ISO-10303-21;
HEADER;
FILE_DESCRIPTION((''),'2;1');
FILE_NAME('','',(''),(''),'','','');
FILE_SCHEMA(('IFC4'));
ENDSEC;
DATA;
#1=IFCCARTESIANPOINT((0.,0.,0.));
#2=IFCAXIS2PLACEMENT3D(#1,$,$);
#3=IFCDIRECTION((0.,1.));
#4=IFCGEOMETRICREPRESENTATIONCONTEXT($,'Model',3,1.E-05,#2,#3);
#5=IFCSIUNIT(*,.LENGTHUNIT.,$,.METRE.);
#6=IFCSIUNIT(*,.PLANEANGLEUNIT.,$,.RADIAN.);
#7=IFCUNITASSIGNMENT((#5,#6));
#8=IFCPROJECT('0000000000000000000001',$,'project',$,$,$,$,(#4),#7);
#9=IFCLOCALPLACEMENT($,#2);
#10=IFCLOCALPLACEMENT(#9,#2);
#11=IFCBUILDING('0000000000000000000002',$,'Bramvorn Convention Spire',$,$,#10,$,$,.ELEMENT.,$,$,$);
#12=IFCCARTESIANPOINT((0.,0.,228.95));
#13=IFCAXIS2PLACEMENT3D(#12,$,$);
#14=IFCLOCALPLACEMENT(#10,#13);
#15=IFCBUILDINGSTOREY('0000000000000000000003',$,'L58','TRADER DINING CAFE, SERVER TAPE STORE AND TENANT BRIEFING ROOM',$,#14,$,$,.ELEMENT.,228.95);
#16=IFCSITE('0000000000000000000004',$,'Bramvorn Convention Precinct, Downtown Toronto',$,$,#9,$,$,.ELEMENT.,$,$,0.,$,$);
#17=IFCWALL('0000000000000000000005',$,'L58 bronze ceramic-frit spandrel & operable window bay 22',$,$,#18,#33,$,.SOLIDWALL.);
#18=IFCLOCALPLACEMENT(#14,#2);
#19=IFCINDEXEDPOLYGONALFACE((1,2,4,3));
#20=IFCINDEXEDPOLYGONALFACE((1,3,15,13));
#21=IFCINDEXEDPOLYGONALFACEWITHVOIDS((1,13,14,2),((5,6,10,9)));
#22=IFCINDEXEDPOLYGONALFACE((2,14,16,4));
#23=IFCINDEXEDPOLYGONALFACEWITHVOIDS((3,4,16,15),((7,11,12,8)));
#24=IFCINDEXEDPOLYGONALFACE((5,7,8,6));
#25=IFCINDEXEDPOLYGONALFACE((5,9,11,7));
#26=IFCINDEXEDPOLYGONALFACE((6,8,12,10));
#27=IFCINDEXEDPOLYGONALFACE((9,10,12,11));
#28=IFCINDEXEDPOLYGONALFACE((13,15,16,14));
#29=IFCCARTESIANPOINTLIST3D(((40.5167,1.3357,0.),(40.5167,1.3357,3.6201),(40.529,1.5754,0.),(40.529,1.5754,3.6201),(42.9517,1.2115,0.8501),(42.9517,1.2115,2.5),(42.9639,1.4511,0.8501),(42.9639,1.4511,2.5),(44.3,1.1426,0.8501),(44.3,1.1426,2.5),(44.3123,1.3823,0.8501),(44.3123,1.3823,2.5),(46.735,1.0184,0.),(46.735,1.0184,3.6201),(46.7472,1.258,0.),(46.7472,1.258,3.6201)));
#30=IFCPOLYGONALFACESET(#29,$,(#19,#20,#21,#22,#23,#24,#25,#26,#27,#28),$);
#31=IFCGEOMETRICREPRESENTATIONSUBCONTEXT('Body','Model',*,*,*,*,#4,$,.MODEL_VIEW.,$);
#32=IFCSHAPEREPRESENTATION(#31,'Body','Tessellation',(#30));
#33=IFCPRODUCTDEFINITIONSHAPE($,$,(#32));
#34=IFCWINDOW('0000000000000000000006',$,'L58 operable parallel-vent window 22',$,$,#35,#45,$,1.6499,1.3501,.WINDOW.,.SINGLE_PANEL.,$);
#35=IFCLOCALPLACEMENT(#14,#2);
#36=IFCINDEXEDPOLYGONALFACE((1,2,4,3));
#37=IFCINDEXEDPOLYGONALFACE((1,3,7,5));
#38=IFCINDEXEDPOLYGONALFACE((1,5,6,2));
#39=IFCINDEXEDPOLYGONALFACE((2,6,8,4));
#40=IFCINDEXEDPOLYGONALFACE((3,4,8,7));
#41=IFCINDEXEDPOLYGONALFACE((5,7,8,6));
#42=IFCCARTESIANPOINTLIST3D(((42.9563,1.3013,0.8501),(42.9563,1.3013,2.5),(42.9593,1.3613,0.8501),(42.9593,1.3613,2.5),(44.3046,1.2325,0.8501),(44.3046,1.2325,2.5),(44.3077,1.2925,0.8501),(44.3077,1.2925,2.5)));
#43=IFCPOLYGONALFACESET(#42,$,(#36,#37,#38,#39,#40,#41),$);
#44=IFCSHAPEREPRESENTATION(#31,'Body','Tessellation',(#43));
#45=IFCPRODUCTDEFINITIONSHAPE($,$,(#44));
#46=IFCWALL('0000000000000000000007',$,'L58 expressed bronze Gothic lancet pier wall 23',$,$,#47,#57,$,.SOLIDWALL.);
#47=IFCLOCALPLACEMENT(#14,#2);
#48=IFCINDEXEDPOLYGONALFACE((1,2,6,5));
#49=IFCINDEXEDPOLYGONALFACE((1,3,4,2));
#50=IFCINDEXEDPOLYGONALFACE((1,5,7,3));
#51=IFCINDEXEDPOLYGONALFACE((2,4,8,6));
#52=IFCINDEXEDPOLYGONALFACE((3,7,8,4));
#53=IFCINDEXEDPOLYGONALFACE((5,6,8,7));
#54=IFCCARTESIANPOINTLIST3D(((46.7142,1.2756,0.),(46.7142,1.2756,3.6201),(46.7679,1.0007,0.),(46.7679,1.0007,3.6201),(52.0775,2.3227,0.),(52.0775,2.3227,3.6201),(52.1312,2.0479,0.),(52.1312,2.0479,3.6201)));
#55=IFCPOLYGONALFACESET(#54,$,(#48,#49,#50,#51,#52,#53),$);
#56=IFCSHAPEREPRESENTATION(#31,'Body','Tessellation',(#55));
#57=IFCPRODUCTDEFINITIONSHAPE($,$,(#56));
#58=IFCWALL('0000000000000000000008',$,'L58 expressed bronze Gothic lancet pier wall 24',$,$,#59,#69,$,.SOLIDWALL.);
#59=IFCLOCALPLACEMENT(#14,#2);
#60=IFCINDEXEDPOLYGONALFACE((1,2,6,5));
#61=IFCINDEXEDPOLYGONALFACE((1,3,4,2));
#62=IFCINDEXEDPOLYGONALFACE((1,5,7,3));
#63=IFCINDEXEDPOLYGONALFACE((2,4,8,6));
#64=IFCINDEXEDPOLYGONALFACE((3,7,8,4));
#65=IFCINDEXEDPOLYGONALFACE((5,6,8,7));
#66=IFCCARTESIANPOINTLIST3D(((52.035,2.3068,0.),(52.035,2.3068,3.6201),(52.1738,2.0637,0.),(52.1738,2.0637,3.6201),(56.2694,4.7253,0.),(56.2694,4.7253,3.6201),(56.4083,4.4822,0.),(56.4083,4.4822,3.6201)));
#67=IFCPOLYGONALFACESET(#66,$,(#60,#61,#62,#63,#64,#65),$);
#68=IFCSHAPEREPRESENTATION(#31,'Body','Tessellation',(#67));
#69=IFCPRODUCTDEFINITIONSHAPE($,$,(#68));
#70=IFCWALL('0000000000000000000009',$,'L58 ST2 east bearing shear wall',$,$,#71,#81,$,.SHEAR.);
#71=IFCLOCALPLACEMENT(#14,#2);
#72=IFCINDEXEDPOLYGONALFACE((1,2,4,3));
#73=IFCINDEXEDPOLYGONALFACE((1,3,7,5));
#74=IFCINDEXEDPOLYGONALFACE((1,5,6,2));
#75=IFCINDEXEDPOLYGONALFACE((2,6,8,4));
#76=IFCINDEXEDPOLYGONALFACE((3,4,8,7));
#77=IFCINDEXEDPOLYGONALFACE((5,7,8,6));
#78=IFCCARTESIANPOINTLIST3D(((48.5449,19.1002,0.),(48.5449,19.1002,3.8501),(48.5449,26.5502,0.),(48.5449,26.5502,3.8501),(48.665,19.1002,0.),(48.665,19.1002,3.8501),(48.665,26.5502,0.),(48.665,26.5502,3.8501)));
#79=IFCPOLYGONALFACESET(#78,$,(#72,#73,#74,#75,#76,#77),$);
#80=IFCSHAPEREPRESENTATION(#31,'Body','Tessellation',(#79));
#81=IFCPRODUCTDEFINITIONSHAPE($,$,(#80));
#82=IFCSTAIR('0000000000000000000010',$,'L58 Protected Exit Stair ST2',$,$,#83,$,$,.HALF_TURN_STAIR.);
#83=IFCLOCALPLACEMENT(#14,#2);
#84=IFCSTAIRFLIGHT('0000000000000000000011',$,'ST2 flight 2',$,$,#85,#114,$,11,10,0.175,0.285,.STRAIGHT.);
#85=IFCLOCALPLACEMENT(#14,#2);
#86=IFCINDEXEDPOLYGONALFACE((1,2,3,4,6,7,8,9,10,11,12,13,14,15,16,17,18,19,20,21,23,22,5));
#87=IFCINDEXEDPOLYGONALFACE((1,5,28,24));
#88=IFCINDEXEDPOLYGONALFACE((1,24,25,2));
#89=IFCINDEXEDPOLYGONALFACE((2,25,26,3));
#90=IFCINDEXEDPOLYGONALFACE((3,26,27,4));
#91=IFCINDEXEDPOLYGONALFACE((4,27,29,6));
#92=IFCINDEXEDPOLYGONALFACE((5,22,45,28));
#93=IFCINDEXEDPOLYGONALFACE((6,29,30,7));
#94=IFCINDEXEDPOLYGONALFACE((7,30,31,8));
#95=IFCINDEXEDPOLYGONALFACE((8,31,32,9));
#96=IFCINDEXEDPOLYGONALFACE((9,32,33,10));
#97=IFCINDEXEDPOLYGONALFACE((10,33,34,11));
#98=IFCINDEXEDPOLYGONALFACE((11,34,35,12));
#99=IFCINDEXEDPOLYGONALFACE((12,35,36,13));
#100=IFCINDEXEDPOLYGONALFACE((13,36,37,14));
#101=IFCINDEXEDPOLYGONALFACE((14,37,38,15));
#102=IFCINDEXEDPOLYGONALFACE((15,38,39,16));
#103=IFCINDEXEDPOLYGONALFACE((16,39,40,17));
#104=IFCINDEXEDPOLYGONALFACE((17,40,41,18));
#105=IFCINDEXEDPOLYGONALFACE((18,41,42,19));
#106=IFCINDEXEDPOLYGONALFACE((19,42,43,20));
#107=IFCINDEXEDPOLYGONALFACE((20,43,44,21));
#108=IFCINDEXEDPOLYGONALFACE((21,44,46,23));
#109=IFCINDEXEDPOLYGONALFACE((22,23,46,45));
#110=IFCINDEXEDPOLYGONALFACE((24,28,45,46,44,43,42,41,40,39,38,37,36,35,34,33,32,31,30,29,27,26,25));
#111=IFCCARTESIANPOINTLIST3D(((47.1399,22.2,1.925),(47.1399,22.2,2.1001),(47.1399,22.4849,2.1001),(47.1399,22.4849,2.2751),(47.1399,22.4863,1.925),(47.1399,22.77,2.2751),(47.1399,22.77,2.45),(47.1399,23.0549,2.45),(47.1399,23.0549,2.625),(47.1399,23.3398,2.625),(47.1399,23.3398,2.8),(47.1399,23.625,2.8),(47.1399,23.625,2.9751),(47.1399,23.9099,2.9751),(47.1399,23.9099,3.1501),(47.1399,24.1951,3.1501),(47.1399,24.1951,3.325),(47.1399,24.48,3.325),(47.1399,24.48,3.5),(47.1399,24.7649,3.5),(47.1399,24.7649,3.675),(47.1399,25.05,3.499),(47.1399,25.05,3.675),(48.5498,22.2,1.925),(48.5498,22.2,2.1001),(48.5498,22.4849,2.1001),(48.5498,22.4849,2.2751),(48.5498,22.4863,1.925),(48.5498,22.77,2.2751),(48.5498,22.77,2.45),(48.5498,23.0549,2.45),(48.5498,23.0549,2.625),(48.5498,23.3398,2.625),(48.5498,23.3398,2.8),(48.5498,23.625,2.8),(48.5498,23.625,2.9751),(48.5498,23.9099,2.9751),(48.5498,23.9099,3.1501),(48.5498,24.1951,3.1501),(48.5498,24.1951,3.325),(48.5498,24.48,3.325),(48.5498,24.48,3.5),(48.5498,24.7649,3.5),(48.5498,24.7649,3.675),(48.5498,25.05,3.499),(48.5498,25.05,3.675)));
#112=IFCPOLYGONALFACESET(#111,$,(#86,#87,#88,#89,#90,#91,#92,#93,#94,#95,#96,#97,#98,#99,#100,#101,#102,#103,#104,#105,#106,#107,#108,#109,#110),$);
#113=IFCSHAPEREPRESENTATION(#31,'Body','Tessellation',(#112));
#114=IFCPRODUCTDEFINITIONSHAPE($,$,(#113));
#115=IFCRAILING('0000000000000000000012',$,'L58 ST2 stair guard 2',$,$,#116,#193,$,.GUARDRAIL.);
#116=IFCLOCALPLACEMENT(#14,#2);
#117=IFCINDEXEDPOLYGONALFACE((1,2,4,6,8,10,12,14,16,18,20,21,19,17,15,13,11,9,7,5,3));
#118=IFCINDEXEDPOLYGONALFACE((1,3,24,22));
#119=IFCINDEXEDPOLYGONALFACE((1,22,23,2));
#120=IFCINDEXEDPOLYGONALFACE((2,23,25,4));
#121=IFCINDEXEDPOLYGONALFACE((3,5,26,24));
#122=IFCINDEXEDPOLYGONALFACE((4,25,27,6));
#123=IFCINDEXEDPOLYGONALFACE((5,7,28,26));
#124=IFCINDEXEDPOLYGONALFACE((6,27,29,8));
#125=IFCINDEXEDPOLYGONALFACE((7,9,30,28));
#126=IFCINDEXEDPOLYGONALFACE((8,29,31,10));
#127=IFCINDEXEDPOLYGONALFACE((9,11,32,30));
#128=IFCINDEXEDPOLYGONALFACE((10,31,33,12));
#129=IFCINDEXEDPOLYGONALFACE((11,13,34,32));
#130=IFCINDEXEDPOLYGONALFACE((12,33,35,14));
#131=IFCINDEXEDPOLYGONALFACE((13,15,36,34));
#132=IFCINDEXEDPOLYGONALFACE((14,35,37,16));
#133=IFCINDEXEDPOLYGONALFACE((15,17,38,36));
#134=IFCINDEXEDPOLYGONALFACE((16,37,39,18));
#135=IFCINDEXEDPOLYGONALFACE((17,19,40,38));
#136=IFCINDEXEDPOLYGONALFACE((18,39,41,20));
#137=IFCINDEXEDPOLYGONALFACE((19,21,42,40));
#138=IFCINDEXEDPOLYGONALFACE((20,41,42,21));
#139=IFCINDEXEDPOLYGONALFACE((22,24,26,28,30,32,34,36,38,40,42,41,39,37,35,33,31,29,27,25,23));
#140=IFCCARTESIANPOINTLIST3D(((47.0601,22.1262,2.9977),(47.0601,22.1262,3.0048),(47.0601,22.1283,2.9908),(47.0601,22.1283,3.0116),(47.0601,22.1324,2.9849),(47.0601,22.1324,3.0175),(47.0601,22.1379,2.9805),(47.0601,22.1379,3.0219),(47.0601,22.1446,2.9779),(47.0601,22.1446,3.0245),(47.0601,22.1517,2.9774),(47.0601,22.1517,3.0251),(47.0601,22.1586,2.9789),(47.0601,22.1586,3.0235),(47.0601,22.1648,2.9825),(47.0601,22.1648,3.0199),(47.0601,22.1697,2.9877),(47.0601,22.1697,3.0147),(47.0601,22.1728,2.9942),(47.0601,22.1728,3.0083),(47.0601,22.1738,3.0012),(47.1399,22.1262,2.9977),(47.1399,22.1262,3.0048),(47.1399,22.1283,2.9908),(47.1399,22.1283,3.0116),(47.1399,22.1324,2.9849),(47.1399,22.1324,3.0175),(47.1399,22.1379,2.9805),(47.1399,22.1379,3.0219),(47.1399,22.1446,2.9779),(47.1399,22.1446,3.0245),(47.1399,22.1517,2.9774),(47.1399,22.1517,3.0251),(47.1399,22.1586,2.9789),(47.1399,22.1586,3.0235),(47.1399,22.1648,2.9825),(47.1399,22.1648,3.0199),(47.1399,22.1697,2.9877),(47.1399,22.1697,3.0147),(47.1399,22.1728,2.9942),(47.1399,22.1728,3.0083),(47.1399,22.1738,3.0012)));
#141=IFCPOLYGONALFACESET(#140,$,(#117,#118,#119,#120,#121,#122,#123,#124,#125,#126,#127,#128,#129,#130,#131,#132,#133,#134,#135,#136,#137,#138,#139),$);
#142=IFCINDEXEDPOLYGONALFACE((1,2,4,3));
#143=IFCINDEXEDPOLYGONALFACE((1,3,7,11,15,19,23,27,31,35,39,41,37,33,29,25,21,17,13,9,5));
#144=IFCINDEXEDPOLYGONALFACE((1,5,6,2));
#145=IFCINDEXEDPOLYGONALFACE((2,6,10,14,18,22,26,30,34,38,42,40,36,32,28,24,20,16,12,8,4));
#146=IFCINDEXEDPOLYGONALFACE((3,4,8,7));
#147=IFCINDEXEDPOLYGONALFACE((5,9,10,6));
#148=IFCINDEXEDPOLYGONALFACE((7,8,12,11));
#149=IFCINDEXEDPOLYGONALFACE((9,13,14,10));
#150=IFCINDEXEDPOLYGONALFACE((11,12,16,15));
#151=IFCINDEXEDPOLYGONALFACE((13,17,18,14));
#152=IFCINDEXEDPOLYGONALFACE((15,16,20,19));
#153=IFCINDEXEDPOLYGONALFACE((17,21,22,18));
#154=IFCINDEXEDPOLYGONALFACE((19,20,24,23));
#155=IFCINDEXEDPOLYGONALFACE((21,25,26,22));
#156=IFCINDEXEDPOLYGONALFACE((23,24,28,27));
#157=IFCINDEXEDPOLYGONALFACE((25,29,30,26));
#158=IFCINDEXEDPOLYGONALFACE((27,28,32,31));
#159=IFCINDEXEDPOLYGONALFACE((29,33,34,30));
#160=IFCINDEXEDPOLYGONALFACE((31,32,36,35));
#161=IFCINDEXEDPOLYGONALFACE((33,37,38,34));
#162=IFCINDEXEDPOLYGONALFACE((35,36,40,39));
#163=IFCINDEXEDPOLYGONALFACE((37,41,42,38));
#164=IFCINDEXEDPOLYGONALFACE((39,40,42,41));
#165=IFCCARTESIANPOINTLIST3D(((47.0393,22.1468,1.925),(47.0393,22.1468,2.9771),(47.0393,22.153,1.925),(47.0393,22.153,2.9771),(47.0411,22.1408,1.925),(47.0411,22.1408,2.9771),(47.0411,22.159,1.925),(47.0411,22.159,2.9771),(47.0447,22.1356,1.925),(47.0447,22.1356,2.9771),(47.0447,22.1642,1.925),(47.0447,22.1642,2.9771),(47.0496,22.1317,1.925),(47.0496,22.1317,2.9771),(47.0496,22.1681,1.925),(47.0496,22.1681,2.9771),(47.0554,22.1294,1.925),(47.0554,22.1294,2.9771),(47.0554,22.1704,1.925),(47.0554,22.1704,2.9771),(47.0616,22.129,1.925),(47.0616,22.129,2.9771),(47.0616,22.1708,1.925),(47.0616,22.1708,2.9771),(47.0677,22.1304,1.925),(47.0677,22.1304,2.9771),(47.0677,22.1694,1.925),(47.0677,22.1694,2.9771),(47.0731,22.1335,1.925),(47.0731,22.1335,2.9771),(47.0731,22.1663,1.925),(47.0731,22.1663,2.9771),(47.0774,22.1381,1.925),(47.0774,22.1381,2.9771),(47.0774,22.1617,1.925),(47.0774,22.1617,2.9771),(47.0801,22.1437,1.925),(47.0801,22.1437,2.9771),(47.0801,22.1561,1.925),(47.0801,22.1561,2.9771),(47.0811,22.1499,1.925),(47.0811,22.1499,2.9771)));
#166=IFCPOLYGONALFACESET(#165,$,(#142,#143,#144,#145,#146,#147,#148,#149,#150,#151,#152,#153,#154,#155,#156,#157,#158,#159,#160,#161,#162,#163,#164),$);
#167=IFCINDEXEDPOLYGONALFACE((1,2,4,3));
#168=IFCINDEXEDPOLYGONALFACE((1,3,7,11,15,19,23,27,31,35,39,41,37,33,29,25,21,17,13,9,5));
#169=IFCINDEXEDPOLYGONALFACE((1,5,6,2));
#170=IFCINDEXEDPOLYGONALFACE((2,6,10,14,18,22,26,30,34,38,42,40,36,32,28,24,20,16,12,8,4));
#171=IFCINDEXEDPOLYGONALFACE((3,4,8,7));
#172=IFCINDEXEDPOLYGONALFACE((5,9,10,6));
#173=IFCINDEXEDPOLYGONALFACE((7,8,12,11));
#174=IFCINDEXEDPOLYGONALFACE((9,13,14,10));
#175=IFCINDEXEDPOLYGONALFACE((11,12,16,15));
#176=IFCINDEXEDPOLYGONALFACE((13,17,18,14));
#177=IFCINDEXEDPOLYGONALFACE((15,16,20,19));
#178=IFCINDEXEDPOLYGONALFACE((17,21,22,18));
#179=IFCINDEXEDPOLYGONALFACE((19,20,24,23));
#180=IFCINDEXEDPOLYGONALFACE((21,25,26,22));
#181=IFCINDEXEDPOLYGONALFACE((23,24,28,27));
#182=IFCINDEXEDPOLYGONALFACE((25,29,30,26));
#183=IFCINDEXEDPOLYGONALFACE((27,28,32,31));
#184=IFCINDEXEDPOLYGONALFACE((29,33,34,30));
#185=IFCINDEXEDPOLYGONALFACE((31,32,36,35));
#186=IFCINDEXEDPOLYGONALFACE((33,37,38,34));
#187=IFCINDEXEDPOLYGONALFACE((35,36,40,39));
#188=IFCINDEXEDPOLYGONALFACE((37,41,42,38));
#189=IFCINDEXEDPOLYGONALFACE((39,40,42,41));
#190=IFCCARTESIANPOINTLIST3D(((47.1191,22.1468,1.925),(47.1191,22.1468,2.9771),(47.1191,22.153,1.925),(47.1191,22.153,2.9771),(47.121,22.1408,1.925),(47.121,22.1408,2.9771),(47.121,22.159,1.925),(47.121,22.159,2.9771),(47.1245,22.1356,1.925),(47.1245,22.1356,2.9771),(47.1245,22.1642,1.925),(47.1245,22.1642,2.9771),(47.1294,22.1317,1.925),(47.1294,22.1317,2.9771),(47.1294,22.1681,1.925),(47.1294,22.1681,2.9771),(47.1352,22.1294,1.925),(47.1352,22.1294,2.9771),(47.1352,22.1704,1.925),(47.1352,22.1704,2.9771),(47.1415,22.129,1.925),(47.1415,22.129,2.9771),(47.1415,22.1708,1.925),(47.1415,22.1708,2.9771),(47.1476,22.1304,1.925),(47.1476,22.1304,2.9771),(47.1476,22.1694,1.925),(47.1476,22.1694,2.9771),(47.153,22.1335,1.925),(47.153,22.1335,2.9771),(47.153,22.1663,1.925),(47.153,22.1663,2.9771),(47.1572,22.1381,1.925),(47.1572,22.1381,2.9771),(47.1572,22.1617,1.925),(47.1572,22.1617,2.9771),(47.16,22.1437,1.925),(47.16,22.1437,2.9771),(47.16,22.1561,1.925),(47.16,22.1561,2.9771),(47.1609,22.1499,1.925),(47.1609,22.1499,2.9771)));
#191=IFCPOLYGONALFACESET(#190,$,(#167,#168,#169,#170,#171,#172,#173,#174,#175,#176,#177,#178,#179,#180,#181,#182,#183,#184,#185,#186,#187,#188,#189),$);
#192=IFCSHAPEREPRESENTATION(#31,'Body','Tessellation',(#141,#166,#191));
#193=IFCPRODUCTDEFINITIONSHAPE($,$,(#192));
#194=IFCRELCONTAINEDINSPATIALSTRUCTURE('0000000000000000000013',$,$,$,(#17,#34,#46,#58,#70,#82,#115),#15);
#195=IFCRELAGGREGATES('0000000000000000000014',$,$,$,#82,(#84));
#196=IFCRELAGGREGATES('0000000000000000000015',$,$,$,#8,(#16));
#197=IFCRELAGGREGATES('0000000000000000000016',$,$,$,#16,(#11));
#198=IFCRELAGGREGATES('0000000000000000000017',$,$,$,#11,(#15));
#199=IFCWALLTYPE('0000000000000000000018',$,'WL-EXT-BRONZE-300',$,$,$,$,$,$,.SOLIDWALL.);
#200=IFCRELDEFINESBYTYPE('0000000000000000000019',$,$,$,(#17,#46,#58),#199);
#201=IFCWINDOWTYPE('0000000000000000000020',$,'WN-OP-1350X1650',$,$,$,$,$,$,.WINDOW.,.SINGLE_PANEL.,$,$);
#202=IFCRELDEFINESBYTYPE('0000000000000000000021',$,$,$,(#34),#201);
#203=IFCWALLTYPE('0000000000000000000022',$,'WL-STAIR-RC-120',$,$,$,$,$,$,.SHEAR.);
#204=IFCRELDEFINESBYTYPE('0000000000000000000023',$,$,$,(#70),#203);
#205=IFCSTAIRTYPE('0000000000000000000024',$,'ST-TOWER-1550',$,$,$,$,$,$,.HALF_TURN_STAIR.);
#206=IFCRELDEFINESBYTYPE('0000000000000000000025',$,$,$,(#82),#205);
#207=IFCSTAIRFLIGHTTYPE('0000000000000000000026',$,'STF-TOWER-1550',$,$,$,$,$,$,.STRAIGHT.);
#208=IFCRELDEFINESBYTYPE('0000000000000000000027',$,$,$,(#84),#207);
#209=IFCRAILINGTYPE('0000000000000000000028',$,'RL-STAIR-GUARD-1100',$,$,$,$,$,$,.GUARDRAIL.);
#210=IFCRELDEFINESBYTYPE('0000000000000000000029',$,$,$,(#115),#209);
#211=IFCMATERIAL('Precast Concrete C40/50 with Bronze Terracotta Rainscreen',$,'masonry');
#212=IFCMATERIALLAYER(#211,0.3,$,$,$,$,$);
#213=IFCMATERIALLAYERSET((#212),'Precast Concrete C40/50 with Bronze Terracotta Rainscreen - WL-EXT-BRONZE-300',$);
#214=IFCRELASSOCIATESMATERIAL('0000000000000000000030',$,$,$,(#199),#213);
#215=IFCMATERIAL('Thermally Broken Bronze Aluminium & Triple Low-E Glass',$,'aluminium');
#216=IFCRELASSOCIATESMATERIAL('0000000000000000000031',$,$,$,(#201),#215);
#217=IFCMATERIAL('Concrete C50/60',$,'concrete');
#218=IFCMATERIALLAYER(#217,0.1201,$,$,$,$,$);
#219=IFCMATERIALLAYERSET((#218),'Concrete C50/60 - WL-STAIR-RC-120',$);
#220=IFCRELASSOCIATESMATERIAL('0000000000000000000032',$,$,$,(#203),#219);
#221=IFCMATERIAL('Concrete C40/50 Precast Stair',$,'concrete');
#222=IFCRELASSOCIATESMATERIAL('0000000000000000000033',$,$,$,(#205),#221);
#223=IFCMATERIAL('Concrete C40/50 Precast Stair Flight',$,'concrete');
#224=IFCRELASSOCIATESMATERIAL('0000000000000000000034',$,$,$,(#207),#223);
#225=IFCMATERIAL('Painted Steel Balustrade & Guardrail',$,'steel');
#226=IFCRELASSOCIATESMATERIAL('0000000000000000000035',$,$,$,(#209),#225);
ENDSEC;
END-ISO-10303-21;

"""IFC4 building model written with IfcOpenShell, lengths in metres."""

from ifc_helpers import new_model, si_unit, direction, frame, frame_2d, origin, origin_2d, place, context, subcontext, project, spatial, polyline, rectangle, circle, outline, extrude, material, layer, layer_set, type_object, element, fill, aggregate, save


model = new_model("IFC4")

# Units and contexts
model_context = context("Model", 3, precision=1e-05, world=origin(), true_north=direction((0.0, 1.0)))
body_context = subcontext(model_context, "Body", "Model", "MODEL_VIEW")
ifc_project = project(units=[si_unit("LENGTHUNIT", "METRE"), si_unit("PLANEANGLEUNIT", "RADIAN")], contexts=[model_context])

# Site, building, storey
site_placement = place(None, origin())
site = spatial("IfcSite", under=ifc_project, at=site_placement, Name="Bramvorn Convention Precinct, Downtown Toronto", CompositionType="ELEMENT", RefElevation=0.0)
building_placement = place(site_placement, origin())
building = spatial("IfcBuilding", under=site, at=building_placement, Name="Bramvorn Convention Spire", CompositionType="ELEMENT")
storey_placement = place(building_placement, frame((0.0, 0.0, 228.95)))
storey = spatial("IfcBuildingStorey", under=building, at=storey_placement, Name="L58", Description="TRADER DINING CAFE, SERVER TAPE STORE AND TENANT BRIEFING ROOM", CompositionType="ELEMENT", Elevation=228.95)

# Shared definitions
ifc_material_1 = material(Name="Concrete C50/60", Category="concrete")

# Shared definitions
ifc_material_2 = material(Name="Precast Concrete C40/50 with Bronze Terracotta Rainscreen", Category="masonry")
ifc_layer_1 = layer(ifc_material_2, 0.3)
ifc_layer_set_1 = layer_set([ifc_layer_1], Name="Precast Concrete C40/50 with Bronze Terracotta Rainscreen - WL-EXT-BRONZE-300")
wall_type_1 = type_object("IfcWallType", Name="WL-EXT-BRONZE-300", PredefinedType="SOLIDWALL", material=ifc_layer_set_1)

# Wall, opening, window
wall_1_placement = place(storey_placement, frame((46.7412, 1.1382, 0.0), z_axis=(0.0, 0.0, 1.0), x_axis=(-0.9987, 0.050974, 0.0)))
wall_1 = element("IfcWall", 1, at=wall_1_placement, inside=storey, type_object=wall_type_1, Name="L58 bronze ceramic-frit spandrel & operable window bay 22", PredefinedType="SOLIDWALL", context=body_context, shape_type="SweptSolid", body=[
    extrude(rectangle(XDim=6.2263, YDim=0.24, at=frame_2d((3.1133, 0.0))), origin(), (0.0, 0.0, 1.0), 3.6201),
])
opening_1_placement = place(wall_1_placement, frame((2.4382, 0.0, 0.8501)))
opening_1 = element("IfcOpeningElement", 2, at=opening_1_placement, cuts=wall_1, PredefinedType="OPENING", context=body_context, shape_type="SweptSolid", body=[
    extrude(rectangle(XDim=1.3501, YDim=1.6499, at=frame_2d((0.675, 0.825))), frame((0.0, 0.1299, 0.0), z_axis=(0.0, -1.0, 0.0), x_axis=(1.0, 0.0, 0.0)), (0.0, 0.0, 1.0), 0.26),
])
ifc_material_3 = material(Name="Thermally Broken Bronze Aluminium & Triple Low-E Glass", Category="aluminium")
window_type = type_object("IfcWindowType", Name="WN-OP-1350X1650", PartitioningType="SINGLE_PANEL", PredefinedType="WINDOW", material=ifc_material_3)
window_placement = place(opening_1_placement, origin())
window = element("IfcWindow", 3, at=window_placement, inside=storey, type_object=window_type, Name="L58 operable parallel-vent window 22", OverallHeight=1.6499, OverallWidth=1.3501, PartitioningType="SINGLE_PANEL", PredefinedType="WINDOW", context=body_context, shape_type="SweptSolid", body=[
    extrude(rectangle(XDim=1.3501, YDim=1.6499, at=frame_2d((0.675, 0.825))), frame((0.0, 0.03, 0.0), z_axis=(0.0, -1.0, 0.0), x_axis=(1.0, 0.0, 0.0)), (0.0, 0.0, 1.0), 0.0601),
])
fill(opening_1, window)

# Walls
wall_2_placement = place(storey_placement, frame((52.1045, 2.1853, 0.0), z_axis=(0.0, 0.0, 1.0), x_axis=(-0.981469, -0.191621, 0.0)))
element("IfcWall", 4, at=wall_2_placement, inside=storey, type_object=wall_type_1, Name="L58 expressed bronze Gothic lancet pier wall 23", PredefinedType="SOLIDWALL", context=body_context, shape_type="SweptSolid", body=[
    extrude(rectangle(XDim=5.4646, YDim=0.28, at=frame_2d((2.7324, 0.0))), origin(), (0.0, 0.0, 1.0), 3.6201),
])
wall_3_placement = place(storey_placement, frame((56.3389, 4.6038, 0.0), z_axis=(0.0, 0.0, 1.0), x_axis=(-0.868348, -0.495956, 0.0)))
element("IfcWall", 5, at=wall_3_placement, inside=storey, type_object=wall_type_1, Name="L58 expressed bronze Gothic lancet pier wall 24", PredefinedType="SOLIDWALL", context=body_context, shape_type="SweptSolid", body=[
    extrude(rectangle(XDim=4.8765, YDim=0.28, at=frame_2d((2.4382, 0.0))), origin(), (0.0, 0.0, 1.0), 3.6201),
])
ifc_layer_2 = layer(ifc_material_1, 0.1201)
ifc_layer_set_2 = layer_set([ifc_layer_2], Name="Concrete C50/60 - WL-STAIR-RC-120")
wall_type_2 = type_object("IfcWallType", Name="WL-STAIR-RC-120", PredefinedType="SHEAR", material=ifc_layer_set_2)
wall_4_placement = place(storey_placement, frame((48.605, 19.1001, 0.0), z_axis=(0.0, 0.0, 1.0), x_axis=(0.0, 1.0, 0.0)))
element("IfcWall", 6, at=wall_4_placement, inside=storey, type_object=wall_type_2, Name="L58 ST2 east bearing shear wall", PredefinedType="SHEAR", context=body_context, shape_type="SweptSolid", body=[
    extrude(rectangle(XDim=7.45, YDim=0.1201, at=frame_2d((3.7251, 0.0))), origin(), (0.0, 0.0, 1.0), 3.8501),
])

# Stair, stair flight
ifc_material_4 = material(Name="Concrete C40/50 Precast Stair", Category="concrete")
stair_type = type_object("IfcStairType", Name="ST-TOWER-1550", PredefinedType="HALF_TURN_STAIR", material=ifc_material_4)
stair_placement = place(storey_placement, origin())
stair = element("IfcStair", 7, at=stair_placement, inside=storey, type_object=stair_type, Name="L58 Protected Exit Stair ST2", PredefinedType="HALF_TURN_STAIR")
ifc_material_5 = material(Name="Concrete C40/50 Precast Stair Flight", Category="concrete")
stair_flight_type = type_object("IfcStairFlightType", Name="STF-TOWER-1550", PredefinedType="STRAIGHT", material=ifc_material_5)
stair_flight_placement = place(storey_placement, frame((47.845, 22.2, 1.925), z_axis=(0.0, 0.0, 1.0), x_axis=(0.0, 1.0, 0.0)))
stair_flight = element("IfcStairFlight", 8, at=stair_flight_placement, type_object=stair_flight_type, Name="ST2 flight 2", NumberOfRisers=11, NumberOfTreads=10, PredefinedType="STRAIGHT", RiserHeight=0.175, TreadLength=0.285, context=body_context, shape_type="SweptSolid", body=[
    extrude(outline(polyline([(0.0, 0.0), (0.0, 0.175), (0.2849, 0.175), (0.2849, 0.3501), (0.5701, 0.3501), (0.5701, 0.5249), (0.855, 0.5249), (0.855, 0.7), (1.1399, 0.7), (1.1399, 0.875), (1.425, 0.875), (1.425, 1.05), (1.71, 1.05), (1.71, 1.2251), (1.9951, 1.2251), (1.9951, 1.3999), (2.28, 1.3999), (2.28, 1.575), (2.5649, 1.575), (2.5649, 1.75), (2.8501, 1.75), (2.8501, 1.925), (2.8501, 1.574), (0.2864, 0.0), (0.0, 0.0)])), frame((0.0, 0.7051, 0.0), z_axis=(0.0, -1.0, 0.0), x_axis=(1.0, 0.0, 0.0)), (0.0, 0.0, 1.0), 1.4099),
])
aggregate(stair, [stair_flight])

# Railing
ifc_material_6 = material(Name="Painted Steel Balustrade & Guardrail", Category="steel")
railing_type = type_object("IfcRailingType", Name="RL-STAIR-GUARD-1100", PredefinedType="GUARDRAIL", material=ifc_material_6)
railing_1_placement = place(storey_placement, frame((47.0601, 22.1499, 1.925)))
element("IfcRailing", 9, at=railing_1_placement, inside=storey, type_object=railing_type, Name="L58 ST2 stair guard 2", PredefinedType="GUARDRAIL", context=body_context, shape_type="SweptSolid", body=[
    extrude(circle(Radius=0.0239, at=origin_2d()), frame((0.0, 0.0, 1.0762), z_axis=(1.0, 0.0, 0.0), x_axis=(0.0, 1.0, 0.0)), (0.0, 0.0, 1.0), 0.0798),
    extrude(circle(Radius=0.021, at=origin_2d()), origin(), (0.0, 0.0, 1.0), 1.052),
    extrude(circle(Radius=0.021, at=origin_2d()), frame((0.0798, 0.0, 0.0)), (0.0, 0.0, 1.0), 1.052),
])

save(model, "model.ifc")
